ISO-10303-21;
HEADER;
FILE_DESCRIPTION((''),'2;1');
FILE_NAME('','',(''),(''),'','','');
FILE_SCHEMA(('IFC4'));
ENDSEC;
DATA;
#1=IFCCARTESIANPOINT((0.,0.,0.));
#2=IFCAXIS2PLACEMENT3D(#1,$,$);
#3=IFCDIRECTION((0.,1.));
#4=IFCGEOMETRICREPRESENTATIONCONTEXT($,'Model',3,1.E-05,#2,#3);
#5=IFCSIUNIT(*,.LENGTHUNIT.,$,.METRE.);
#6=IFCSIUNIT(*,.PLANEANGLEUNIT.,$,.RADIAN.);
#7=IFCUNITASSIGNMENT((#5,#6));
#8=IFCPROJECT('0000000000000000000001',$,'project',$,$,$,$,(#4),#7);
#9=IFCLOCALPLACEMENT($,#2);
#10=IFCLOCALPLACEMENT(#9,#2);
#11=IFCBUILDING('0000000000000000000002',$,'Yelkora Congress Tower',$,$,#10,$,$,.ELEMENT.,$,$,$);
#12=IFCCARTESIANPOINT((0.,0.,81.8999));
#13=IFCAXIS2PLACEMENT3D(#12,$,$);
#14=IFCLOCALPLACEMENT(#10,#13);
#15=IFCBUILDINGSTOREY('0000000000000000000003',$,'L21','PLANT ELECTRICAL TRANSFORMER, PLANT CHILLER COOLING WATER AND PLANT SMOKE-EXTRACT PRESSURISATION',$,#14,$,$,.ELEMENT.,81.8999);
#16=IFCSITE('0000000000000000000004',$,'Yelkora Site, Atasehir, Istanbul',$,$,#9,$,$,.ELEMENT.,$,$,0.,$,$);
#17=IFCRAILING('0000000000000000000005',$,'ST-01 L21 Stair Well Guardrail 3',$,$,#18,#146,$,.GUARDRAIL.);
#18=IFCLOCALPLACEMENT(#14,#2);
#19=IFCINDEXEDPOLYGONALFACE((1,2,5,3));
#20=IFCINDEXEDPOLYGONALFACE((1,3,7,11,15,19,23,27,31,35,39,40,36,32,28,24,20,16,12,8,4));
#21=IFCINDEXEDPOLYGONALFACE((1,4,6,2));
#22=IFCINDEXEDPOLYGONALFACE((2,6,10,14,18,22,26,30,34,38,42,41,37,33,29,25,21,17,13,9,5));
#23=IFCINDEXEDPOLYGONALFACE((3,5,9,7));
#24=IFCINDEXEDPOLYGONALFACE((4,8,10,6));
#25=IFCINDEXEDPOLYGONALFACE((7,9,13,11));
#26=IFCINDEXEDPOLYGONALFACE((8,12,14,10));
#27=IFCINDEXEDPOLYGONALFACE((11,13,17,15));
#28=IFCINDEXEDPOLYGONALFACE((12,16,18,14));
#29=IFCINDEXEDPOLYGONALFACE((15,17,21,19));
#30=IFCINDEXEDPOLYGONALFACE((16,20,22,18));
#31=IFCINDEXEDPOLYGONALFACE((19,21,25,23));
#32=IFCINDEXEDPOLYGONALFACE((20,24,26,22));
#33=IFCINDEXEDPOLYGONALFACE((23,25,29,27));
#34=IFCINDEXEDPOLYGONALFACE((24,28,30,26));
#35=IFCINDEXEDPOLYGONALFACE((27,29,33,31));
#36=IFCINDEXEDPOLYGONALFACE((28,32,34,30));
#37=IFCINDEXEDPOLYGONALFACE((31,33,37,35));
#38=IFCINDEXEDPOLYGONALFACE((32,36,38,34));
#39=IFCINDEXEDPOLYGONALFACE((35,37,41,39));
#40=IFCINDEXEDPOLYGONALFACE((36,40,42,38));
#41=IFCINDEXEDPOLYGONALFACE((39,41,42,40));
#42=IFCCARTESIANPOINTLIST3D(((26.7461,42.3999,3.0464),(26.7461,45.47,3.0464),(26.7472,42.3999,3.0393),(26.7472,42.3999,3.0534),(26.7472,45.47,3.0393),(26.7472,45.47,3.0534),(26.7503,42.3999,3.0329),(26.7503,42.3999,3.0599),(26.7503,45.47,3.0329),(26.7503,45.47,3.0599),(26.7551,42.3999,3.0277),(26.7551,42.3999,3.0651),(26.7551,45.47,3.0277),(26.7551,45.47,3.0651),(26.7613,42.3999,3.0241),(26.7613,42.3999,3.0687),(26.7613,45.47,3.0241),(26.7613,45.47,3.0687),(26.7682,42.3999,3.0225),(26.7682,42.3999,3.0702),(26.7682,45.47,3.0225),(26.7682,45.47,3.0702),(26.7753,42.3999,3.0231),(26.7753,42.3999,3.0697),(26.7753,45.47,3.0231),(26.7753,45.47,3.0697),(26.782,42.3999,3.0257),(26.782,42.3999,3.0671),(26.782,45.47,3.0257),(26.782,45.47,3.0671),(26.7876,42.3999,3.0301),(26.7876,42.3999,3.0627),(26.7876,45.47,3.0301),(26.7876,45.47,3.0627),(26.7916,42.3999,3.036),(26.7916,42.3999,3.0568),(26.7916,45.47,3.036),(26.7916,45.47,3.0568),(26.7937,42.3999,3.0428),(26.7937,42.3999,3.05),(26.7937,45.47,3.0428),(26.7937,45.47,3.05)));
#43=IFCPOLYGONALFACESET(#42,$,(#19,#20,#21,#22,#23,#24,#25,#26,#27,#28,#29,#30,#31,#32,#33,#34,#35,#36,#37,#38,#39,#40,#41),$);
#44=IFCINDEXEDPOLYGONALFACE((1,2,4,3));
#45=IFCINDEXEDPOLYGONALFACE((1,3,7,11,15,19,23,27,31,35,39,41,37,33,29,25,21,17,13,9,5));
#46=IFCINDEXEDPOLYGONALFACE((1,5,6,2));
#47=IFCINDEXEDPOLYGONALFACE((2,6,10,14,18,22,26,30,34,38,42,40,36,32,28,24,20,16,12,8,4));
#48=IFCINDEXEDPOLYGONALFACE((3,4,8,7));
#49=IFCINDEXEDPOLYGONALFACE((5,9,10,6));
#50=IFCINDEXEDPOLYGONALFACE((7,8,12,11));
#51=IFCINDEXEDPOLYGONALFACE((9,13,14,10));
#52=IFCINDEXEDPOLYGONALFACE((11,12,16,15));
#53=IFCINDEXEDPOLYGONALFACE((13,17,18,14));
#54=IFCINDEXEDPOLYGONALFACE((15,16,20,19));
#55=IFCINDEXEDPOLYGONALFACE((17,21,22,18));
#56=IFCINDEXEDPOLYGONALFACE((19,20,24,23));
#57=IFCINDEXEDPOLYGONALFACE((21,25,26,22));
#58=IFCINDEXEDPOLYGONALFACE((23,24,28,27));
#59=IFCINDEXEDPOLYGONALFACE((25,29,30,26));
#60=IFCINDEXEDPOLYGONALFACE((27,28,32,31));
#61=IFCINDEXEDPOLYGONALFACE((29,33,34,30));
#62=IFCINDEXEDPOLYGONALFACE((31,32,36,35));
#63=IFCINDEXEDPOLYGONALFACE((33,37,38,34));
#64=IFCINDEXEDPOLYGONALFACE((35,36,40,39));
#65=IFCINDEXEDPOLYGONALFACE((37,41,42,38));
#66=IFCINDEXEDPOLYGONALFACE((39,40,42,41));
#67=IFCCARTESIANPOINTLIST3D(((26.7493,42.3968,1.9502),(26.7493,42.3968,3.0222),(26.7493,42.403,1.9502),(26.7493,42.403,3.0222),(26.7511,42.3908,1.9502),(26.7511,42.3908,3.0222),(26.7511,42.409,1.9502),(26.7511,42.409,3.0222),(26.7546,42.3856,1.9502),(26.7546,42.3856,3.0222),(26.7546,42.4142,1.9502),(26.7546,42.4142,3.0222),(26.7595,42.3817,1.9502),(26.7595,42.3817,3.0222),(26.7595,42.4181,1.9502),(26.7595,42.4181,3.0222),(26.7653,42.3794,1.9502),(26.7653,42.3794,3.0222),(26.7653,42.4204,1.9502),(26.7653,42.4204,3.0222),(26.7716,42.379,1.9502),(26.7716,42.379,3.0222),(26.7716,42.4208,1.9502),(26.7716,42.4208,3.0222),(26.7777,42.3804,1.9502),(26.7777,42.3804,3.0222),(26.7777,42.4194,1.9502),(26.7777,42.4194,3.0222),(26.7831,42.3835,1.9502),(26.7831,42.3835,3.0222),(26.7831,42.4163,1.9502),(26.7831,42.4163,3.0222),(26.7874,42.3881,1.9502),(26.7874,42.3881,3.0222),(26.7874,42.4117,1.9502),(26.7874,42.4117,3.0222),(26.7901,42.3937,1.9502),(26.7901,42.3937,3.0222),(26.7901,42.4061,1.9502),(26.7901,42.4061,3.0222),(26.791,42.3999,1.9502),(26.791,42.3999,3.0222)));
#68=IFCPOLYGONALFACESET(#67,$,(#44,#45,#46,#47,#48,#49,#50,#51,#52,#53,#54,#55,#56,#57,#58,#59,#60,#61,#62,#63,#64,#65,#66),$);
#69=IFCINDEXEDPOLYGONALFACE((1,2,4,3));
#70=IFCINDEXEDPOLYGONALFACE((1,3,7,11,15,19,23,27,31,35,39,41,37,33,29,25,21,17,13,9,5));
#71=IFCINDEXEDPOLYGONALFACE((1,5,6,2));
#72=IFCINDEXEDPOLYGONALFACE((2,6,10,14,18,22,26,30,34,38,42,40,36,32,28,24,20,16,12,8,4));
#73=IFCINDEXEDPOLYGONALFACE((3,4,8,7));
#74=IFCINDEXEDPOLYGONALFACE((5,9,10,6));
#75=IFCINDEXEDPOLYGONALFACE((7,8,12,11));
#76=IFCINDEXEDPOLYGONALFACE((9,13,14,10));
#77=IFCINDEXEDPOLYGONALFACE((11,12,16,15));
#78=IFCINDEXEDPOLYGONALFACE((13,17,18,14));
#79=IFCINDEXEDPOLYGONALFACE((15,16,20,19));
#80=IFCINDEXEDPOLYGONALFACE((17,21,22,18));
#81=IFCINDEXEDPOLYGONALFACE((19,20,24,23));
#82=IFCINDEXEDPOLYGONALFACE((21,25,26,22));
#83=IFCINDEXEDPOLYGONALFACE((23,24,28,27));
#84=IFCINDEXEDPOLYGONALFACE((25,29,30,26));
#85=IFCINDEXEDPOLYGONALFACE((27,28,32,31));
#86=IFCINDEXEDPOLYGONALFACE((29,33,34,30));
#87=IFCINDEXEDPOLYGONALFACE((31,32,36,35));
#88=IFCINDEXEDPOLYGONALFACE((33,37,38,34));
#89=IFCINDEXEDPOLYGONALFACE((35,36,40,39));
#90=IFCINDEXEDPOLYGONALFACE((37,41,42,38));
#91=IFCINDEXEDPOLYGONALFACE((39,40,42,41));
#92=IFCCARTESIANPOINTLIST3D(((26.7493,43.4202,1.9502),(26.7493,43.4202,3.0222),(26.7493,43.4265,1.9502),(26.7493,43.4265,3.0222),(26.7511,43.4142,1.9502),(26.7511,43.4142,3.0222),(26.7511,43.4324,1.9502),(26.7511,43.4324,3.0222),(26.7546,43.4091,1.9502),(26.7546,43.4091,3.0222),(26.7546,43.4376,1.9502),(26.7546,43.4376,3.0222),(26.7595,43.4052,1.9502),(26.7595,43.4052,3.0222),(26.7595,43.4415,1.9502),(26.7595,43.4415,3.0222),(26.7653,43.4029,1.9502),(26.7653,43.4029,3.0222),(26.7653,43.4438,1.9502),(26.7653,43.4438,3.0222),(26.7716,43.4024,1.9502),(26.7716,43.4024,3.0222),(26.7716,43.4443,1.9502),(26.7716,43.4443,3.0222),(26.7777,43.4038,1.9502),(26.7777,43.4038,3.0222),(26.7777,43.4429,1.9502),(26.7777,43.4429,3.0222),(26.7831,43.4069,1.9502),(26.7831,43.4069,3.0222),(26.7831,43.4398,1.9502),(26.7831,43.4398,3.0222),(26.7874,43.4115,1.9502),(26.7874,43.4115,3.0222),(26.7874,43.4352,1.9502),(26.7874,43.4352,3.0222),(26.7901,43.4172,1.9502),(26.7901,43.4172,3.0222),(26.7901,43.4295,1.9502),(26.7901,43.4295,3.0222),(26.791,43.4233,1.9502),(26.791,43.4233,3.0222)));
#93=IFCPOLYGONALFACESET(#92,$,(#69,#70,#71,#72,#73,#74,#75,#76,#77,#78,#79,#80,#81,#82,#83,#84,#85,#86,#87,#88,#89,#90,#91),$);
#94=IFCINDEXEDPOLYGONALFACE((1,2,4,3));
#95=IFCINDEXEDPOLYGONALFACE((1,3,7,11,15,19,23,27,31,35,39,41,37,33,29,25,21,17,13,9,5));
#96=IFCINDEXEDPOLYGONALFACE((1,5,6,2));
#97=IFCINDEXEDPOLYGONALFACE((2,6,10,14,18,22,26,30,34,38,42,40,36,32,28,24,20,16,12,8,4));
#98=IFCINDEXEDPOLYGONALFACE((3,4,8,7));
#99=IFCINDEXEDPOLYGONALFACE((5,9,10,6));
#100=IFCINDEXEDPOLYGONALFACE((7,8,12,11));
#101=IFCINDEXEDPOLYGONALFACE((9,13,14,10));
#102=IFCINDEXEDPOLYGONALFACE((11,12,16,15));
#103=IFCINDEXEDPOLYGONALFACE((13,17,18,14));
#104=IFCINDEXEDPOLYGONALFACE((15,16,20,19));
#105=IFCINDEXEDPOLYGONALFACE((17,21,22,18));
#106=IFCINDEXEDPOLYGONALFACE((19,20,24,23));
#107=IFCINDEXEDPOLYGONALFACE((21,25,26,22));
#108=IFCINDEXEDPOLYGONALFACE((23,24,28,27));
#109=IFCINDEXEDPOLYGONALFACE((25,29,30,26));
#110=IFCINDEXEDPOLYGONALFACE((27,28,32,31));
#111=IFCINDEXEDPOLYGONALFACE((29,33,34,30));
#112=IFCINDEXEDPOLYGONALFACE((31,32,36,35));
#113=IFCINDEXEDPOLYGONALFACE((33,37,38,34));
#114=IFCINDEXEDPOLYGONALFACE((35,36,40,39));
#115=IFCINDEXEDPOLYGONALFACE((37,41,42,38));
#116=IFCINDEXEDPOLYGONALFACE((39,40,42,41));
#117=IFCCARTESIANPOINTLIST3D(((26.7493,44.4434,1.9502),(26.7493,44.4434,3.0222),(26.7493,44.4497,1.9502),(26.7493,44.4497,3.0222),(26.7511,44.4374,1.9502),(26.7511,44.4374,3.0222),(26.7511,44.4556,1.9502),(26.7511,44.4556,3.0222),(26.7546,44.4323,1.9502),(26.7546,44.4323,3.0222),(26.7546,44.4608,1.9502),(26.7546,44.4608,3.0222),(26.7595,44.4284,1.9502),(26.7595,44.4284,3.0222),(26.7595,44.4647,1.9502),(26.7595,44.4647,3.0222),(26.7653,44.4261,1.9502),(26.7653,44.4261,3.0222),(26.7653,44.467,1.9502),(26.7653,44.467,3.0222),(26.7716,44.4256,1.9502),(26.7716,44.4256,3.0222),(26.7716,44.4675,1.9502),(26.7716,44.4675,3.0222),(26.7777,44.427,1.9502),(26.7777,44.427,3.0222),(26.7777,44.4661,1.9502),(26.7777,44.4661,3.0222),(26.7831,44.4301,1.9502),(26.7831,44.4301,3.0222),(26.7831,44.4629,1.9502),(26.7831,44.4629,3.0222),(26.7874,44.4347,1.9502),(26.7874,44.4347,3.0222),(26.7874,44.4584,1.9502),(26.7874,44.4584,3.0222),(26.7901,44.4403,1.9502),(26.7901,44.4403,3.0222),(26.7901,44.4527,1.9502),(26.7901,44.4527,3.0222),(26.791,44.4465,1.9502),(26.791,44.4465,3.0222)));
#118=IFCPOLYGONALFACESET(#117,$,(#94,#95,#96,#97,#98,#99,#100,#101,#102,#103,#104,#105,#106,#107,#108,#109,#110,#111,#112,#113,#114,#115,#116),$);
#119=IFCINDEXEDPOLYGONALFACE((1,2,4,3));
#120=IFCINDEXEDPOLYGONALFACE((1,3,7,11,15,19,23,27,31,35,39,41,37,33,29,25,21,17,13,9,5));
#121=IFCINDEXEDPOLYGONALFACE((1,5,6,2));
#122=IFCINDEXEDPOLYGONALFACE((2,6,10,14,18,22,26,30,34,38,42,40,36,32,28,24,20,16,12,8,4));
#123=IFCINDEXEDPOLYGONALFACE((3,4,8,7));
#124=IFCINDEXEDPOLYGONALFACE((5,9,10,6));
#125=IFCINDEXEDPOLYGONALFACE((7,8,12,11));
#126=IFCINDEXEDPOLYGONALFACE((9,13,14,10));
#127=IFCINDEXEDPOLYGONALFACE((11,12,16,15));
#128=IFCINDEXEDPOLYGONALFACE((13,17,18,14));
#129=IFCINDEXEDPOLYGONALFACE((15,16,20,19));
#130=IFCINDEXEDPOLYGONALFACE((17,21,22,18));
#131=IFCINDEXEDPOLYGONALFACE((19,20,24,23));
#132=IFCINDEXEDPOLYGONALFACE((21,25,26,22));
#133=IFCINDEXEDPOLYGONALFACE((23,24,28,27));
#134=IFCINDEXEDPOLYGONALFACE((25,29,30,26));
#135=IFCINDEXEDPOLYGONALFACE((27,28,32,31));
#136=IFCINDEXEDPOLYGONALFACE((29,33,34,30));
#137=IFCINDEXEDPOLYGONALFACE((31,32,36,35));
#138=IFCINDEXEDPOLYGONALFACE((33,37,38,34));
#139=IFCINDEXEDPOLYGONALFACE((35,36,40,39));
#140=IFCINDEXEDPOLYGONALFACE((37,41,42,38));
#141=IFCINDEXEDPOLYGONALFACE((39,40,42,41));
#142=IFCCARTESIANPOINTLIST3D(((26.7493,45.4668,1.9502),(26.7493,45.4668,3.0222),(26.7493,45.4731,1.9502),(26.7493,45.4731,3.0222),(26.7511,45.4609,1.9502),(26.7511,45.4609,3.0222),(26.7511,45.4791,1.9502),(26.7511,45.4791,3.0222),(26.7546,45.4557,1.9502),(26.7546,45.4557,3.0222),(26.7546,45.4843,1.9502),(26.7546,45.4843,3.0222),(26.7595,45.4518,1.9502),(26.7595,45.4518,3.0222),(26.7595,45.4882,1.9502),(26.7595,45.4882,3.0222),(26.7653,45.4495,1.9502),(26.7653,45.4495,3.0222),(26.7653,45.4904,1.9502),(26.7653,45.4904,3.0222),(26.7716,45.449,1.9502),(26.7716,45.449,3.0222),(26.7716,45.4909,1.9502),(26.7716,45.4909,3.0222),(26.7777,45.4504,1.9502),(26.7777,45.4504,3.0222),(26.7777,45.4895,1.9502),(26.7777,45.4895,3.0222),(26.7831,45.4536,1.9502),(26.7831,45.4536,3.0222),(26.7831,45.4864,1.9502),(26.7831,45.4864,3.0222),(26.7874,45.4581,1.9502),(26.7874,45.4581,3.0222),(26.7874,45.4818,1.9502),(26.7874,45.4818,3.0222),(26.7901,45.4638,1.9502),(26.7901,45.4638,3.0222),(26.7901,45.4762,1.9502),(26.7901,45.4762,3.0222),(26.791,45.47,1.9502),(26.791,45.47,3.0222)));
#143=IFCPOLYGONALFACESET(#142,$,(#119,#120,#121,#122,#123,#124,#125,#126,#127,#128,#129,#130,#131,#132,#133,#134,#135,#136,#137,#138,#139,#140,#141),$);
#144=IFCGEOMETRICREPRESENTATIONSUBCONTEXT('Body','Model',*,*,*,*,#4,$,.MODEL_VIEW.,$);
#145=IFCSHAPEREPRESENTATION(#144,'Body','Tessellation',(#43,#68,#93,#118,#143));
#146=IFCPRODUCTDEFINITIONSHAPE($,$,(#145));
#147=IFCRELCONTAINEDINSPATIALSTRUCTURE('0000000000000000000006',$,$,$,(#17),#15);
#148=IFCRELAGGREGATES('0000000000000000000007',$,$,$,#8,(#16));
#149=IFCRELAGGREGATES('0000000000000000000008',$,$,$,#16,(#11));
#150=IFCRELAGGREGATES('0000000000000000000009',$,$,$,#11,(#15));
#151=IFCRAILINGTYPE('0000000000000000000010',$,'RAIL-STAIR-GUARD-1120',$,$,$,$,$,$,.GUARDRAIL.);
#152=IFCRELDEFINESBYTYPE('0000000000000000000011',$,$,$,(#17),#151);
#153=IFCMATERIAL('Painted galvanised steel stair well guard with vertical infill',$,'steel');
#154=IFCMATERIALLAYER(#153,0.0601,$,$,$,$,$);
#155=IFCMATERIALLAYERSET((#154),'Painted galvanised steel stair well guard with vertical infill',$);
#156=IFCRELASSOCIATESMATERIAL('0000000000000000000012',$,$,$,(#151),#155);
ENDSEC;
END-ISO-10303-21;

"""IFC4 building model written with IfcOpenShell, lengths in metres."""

from ifc_helpers import new_model, si_unit, direction, frame, origin, origin_2d, place, context, subcontext, project, spatial, circle, extrude, material, layer, layer_set, type_object, element, save


model = new_model("IFC4")

# Units and contexts
model_context = context("Model", 3, precision=1e-05, world=origin(), true_north=direction((0.0, 1.0)))
body_context = subcontext(model_context, "Body", "Model", "MODEL_VIEW")
ifc_project = project(units=[si_unit("LENGTHUNIT", "METRE"), si_unit("PLANEANGLEUNIT", "RADIAN")], contexts=[model_context])

# Site, building, storey
site_placement = place(None, origin())
site = spatial("IfcSite", under=ifc_project, at=site_placement, Name="Yelkora Site, Atasehir, Istanbul", CompositionType="ELEMENT", RefElevation=0.0)
building_placement = place(site_placement, origin())
building = spatial("IfcBuilding", under=site, at=building_placement, Name="Yelkora Congress Tower", CompositionType="ELEMENT")
storey_placement = place(building_placement, frame((0.0, 0.0, 81.8999)))
storey = spatial("IfcBuildingStorey", under=building, at=storey_placement, Name="L21", Description="PLANT ELECTRICAL TRANSFORMER, PLANT CHILLER COOLING WATER AND PLANT SMOKE-EXTRACT PRESSURISATION", CompositionType="ELEMENT", Elevation=81.8999)

# Railing
ifc_material_1 = material(Name="Painted galvanised steel stair well guard with vertical infill", Category="steel")
ifc_layer_1 = layer(ifc_material_1, 0.0601)
ifc_layer_set_1 = layer_set([ifc_layer_1], Name="Painted galvanised steel stair well guard with vertical infill")
railing_type_1 = type_object("IfcRailingType", Name="RAIL-STAIR-GUARD-1120", PredefinedType="GUARDRAIL", material=ifc_layer_set_1)
railing_1_placement = place(storey_placement, frame((26.77, 42.3999, 1.9502)))
element("IfcRailing", 1, at=railing_1_placement, inside=storey, type_object=railing_type_1, Name="ST-01 L21 Stair Well Guardrail 3", PredefinedType="GUARDRAIL", context=body_context, shape_type="SweptSolid", body=[
    extrude(circle(Radius=0.0239, at=origin_2d()), frame((0.0, 0.0, 1.0962), z_axis=(0.0, 1.0, 0.0), x_axis=(-1.0, 0.0, 0.0)), (0.0, 0.0, 1.0), 3.0701),
    extrude(circle(Radius=0.021, at=origin_2d()), origin(), (0.0, 0.0, 1.0), 1.072),
    extrude(circle(Radius=0.021, at=origin_2d()), frame((0.0, 1.0234, 0.0)), (0.0, 0.0, 1.0), 1.072),
    extrude(circle(Radius=0.021, at=origin_2d()), frame((0.0, 2.0466, 0.0)), (0.0, 0.0, 1.0), 1.072),
    extrude(circle(Radius=0.021, at=origin_2d()), frame((0.0, 3.0701, 0.0)), (0.0, 0.0, 1.0), 1.072),
])

save(model, "model.ifc")
